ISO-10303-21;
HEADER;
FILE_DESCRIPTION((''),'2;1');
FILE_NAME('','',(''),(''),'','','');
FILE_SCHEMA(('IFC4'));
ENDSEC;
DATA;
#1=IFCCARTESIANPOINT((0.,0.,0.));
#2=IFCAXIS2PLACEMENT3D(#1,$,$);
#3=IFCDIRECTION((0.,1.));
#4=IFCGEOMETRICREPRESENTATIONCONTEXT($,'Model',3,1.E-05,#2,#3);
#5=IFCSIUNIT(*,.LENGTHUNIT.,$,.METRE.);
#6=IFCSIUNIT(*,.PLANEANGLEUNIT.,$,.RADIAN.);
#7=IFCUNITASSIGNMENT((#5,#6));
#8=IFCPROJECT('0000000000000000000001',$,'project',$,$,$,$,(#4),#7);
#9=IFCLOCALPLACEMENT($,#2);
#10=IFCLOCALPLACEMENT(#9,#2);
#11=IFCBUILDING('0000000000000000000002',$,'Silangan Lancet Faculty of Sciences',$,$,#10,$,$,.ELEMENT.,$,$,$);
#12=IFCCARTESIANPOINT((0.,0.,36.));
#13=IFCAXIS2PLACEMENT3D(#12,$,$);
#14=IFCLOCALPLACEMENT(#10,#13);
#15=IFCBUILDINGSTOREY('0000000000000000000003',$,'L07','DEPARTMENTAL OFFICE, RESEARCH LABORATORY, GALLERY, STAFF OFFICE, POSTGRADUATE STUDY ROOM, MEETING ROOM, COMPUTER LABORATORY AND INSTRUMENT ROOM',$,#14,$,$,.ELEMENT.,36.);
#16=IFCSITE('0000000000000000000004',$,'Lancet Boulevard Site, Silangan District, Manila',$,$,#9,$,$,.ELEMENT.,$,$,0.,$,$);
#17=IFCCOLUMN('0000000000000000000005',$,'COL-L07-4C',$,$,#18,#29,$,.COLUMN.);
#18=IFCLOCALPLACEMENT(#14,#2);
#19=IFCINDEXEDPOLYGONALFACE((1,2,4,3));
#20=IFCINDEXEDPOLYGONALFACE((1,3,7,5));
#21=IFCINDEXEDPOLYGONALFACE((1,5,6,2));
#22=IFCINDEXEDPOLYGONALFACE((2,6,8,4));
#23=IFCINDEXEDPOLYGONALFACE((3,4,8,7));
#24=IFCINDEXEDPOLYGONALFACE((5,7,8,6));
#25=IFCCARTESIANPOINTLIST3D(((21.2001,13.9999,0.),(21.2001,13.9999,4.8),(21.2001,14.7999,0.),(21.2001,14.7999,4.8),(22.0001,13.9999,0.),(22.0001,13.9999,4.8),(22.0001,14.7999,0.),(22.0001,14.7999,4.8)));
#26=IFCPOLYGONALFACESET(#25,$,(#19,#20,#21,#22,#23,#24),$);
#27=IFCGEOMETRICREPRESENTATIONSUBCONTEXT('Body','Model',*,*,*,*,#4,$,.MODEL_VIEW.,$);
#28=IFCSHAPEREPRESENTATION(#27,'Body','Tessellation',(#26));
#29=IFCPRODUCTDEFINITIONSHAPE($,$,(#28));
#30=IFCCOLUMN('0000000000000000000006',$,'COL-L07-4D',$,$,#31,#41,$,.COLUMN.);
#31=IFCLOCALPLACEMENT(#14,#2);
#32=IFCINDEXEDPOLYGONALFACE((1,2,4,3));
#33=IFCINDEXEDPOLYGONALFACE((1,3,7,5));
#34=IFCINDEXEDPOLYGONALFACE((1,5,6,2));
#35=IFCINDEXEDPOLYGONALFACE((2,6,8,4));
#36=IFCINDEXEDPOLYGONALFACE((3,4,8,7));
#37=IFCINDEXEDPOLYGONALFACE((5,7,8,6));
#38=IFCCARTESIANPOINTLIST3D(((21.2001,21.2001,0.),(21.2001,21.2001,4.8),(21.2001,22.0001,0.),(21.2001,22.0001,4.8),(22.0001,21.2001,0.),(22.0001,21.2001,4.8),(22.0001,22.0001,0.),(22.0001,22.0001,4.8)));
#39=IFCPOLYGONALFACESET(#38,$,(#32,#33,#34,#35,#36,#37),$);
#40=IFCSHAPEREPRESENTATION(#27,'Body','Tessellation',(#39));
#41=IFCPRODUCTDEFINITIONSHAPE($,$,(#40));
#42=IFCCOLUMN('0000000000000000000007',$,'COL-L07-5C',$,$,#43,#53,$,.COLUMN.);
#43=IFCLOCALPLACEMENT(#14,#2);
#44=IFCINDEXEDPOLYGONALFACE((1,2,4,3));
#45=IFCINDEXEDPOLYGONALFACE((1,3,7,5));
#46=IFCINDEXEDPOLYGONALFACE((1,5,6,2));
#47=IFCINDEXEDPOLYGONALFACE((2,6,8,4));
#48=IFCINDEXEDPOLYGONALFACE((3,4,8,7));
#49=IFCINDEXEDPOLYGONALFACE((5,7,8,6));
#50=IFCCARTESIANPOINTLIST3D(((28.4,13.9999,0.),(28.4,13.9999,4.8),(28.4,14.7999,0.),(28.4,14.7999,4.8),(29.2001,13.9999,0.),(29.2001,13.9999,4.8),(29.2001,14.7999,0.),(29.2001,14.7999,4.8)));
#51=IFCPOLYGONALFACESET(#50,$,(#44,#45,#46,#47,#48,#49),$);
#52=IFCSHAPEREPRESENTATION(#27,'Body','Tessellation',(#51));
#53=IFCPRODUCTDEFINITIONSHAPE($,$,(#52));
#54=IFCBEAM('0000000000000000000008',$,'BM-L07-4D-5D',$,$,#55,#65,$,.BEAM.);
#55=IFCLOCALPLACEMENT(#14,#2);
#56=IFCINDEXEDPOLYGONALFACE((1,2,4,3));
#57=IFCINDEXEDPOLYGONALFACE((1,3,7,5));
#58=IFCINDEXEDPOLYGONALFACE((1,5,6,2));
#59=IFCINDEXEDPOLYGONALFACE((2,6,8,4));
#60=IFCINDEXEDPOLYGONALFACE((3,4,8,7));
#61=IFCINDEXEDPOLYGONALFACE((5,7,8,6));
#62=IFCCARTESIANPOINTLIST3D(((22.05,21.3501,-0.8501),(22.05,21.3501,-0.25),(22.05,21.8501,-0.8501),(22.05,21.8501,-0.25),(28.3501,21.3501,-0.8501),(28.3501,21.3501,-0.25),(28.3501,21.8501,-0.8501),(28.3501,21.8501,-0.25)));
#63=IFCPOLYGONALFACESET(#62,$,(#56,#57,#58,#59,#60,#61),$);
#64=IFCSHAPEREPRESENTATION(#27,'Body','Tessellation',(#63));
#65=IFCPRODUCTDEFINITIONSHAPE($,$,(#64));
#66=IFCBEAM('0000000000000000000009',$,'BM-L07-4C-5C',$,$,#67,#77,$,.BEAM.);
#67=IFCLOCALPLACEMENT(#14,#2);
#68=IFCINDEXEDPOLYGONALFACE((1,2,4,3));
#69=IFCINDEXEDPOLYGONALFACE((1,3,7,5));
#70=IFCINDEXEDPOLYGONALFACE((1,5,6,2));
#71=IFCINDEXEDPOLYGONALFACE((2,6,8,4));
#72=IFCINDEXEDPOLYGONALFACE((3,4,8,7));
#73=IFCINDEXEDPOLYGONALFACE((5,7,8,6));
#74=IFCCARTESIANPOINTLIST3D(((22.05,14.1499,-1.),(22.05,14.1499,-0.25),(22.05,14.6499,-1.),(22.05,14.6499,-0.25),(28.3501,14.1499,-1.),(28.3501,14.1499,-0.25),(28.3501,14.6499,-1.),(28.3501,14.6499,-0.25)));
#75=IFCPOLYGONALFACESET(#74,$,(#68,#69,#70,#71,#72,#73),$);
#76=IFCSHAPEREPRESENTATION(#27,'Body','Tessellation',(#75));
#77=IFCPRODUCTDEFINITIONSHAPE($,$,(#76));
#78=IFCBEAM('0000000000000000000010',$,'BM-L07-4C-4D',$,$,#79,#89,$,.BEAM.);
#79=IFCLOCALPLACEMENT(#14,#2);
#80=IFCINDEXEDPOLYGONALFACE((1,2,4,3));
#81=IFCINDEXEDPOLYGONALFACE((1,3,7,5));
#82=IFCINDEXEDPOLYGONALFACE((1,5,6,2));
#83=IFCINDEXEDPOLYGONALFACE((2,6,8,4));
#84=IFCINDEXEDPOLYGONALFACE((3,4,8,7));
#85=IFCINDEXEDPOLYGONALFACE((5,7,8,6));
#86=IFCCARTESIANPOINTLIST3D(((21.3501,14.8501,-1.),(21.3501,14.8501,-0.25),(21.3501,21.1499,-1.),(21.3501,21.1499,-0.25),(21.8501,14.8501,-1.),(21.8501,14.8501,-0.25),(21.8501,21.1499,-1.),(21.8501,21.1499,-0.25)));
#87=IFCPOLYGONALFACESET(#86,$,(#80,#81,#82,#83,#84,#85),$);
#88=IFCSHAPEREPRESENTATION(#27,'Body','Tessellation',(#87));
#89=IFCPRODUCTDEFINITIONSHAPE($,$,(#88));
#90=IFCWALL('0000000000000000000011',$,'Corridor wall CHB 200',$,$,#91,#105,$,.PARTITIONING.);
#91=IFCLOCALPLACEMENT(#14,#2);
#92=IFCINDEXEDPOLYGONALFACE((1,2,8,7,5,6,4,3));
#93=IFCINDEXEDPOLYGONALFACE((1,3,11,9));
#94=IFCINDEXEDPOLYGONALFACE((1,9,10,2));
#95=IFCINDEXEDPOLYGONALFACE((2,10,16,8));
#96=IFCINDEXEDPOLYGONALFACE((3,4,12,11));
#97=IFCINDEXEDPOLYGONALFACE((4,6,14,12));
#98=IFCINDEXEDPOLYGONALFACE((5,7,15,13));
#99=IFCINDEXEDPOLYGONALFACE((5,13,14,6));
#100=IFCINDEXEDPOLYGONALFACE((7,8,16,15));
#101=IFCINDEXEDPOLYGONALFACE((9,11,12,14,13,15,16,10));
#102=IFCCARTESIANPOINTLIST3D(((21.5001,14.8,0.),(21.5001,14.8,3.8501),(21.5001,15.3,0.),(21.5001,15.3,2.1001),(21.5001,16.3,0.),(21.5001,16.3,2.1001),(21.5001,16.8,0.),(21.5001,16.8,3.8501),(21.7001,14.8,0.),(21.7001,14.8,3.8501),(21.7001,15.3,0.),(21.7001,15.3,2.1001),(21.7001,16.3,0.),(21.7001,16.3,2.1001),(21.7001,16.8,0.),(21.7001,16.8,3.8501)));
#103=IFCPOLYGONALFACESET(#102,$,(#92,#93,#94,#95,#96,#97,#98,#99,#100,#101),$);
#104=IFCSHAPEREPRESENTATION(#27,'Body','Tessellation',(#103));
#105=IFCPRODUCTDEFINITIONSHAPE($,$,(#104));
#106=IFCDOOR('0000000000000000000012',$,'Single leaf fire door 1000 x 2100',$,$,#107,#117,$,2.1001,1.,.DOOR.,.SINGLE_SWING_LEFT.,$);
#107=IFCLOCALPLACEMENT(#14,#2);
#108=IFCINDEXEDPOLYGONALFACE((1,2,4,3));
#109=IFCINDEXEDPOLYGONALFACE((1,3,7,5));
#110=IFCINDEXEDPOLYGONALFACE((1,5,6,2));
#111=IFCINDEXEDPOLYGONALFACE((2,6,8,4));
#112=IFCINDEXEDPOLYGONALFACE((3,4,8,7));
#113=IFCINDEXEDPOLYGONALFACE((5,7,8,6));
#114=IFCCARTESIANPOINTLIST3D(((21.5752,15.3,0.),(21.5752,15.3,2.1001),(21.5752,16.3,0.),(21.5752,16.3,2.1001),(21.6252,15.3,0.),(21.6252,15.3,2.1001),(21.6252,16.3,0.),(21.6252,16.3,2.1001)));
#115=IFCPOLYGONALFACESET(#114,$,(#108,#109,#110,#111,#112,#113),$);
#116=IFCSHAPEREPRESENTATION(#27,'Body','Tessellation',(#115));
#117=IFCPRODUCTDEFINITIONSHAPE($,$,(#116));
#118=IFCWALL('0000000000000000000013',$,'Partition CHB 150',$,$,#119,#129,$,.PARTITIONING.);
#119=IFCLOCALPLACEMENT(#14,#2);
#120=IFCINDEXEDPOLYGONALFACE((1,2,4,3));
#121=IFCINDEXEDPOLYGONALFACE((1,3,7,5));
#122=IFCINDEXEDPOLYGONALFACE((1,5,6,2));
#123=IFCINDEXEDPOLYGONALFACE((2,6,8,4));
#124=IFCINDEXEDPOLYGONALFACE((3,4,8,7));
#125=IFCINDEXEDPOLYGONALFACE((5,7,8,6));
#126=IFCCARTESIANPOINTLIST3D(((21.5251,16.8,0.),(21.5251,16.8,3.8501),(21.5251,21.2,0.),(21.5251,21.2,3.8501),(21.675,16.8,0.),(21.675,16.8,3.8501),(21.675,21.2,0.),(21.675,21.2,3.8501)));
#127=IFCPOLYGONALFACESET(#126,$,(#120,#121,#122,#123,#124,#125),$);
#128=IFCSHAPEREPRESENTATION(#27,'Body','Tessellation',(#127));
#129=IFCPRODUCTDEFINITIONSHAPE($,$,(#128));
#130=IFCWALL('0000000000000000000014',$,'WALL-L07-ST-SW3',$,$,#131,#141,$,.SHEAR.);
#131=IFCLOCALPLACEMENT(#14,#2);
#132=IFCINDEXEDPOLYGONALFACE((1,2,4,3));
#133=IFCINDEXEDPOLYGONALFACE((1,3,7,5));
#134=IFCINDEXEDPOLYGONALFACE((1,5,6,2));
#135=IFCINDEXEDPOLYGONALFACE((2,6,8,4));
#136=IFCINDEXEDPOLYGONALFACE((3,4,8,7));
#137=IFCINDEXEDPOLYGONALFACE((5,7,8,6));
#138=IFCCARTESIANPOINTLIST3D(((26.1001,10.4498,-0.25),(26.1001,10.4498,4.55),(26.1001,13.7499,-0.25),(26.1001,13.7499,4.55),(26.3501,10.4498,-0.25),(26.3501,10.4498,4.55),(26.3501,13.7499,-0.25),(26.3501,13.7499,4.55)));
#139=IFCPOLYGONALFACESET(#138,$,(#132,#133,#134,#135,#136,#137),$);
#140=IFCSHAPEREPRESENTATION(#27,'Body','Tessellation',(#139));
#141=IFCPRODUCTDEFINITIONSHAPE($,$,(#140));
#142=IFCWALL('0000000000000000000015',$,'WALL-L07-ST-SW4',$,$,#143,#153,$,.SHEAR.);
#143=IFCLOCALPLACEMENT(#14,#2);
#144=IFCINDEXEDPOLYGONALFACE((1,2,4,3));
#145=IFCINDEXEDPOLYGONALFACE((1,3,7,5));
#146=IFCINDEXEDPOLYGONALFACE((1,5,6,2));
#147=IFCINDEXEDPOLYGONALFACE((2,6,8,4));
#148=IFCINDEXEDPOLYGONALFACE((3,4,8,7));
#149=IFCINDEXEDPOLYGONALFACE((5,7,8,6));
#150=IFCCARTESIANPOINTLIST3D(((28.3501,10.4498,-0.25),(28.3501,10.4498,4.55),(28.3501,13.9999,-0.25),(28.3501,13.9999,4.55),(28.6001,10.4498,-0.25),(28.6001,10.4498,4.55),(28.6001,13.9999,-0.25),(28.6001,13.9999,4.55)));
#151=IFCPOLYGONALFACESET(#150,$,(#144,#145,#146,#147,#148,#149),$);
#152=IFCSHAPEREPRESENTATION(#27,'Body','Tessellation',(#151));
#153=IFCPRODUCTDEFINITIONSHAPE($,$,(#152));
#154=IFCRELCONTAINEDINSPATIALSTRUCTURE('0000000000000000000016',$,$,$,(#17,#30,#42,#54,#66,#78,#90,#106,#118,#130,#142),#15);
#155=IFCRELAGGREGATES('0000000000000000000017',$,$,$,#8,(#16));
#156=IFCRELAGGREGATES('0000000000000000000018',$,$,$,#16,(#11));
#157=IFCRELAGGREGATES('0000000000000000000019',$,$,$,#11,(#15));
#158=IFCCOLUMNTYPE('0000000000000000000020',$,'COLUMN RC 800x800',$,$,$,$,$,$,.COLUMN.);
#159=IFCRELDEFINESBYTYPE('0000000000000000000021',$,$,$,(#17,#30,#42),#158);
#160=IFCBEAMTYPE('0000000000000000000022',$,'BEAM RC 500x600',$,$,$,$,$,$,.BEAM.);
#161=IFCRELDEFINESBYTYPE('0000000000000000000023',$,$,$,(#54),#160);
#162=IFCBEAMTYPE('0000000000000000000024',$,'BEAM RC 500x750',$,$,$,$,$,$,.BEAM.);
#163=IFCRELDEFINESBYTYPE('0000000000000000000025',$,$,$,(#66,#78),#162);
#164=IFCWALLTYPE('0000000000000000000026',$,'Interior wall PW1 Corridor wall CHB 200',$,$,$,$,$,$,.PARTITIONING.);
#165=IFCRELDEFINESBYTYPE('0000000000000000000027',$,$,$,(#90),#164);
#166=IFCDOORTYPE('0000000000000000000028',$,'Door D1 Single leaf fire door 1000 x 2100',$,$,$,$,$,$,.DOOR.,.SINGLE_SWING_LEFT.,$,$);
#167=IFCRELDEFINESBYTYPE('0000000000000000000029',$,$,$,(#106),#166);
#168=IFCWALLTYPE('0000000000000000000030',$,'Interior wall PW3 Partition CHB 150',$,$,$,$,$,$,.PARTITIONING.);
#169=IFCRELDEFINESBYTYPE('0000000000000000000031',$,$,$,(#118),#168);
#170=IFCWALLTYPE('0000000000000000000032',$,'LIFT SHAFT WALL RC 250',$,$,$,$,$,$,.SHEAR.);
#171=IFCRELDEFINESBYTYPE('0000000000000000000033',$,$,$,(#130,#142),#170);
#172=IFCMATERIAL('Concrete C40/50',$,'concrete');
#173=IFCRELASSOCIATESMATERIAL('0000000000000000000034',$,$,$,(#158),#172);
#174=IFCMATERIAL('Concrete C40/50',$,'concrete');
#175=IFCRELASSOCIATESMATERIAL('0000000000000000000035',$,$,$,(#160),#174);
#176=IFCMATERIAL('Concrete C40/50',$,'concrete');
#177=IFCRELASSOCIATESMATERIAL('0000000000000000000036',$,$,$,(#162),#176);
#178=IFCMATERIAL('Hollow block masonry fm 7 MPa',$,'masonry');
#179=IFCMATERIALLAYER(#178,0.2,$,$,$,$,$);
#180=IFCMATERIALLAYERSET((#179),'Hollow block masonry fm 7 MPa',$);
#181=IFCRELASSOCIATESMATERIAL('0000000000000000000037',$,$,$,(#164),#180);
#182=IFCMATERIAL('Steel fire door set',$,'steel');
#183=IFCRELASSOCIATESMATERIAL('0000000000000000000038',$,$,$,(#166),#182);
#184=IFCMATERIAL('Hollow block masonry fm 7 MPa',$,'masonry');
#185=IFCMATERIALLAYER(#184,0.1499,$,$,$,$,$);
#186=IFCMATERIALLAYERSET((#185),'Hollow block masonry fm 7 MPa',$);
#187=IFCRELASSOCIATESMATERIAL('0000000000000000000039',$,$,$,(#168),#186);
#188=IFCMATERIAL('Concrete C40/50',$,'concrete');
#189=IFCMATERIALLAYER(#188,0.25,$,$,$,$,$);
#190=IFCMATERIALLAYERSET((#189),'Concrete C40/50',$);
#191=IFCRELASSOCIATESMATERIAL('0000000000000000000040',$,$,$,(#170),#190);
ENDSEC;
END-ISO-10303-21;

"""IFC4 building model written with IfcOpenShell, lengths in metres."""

from ifc_helpers import new_model, si_unit, direction, frame, frame_2d, origin, origin_2d, place, context, subcontext, project, spatial, rectangle, extrude, material, layer, layer_set, material_profile, profile_set, type_object, element, fill, save


model = new_model("IFC4")

# Units and contexts
model_context = context("Model", 3, precision=1e-05, world=origin(), true_north=direction((0.0, 1.0)))
body_context = subcontext(model_context, "Body", "Model", "MODEL_VIEW")
ifc_project = project(units=[si_unit("LENGTHUNIT", "METRE"), si_unit("PLANEANGLEUNIT", "RADIAN")], contexts=[model_context])

# Site, building, storey
site_placement = place(None, origin())
site = spatial("IfcSite", under=ifc_project, at=site_placement, Name="Lancet Boulevard Site, Silangan District, Manila", CompositionType="ELEMENT", RefElevation=0.0)
building_placement = place(site_placement, origin())
building = spatial("IfcBuilding", under=site, at=building_placement, Name="Silangan Lancet Faculty of Sciences", CompositionType="ELEMENT")
storey_placement = place(building_placement, frame((0.0, 0.0, 36.0)))
storey = spatial("IfcBuildingStorey", under=building, at=storey_placement, Name="L07", Description="DEPARTMENTAL OFFICE, RESEARCH LABORATORY, GALLERY, STAFF OFFICE, POSTGRADUATE STUDY ROOM, MEETING ROOM, COMPUTER LABORATORY AND INSTRUMENT ROOM", CompositionType="ELEMENT", Elevation=36.0)

# Columns
ifc_material_1 = material(Name="Concrete C40/50", Category="concrete")
ifc_material_profile_1 = material_profile(ifc_material_1, rectangle(XDim=0.8, YDim=0.8, at=origin_2d()), Name="RC 800x800")
ifc_profile_set_1 = profile_set([ifc_material_profile_1], Name="Concrete C40/50")
column_type = type_object("IfcColumnType", Name="COLUMN RC 800x800", PredefinedType="COLUMN", material=ifc_profile_set_1)
for number, where, z_axis, x_axis, name in (
    (1, (21.6001, 14.3999, 0.0), (0.0, 0.0, 1.0), (1.0, 0.0, 0.0), "COL-L07-4C"),
    (2, (21.6001, 21.6001, 0.0), (0.0, 0.0, 1.0), (1.0, 0.0, 0.0), "COL-L07-4D"),
    (3, (28.8, 14.3999, 0.0), (0.0, 0.0, 1.0), (1.0, 0.0, 0.0), "COL-L07-5C"),
):
    element("IfcColumn", number, at=place(storey_placement, frame(where, z_axis=z_axis, x_axis=x_axis)), inside=storey, type_object=column_type, Name=name, PredefinedType="COLUMN", context=body_context, shape_type="SweptSolid", body=[
        extrude(rectangle(XDim=0.8, YDim=0.8, at=origin_2d()), origin(), (0.0, 0.0, 1.0), 4.8),
    ])

# Beams
ifc_material_2 = material(Name="Concrete C40/50", Category="concrete")
ifc_material_profile_2 = material_profile(ifc_material_2, rectangle(XDim=0.5, YDim=0.6001, at=origin_2d()), Name="RC 500x600")
ifc_profile_set_2 = profile_set([ifc_material_profile_2], Name="Concrete C40/50")
beam_type_1 = type_object("IfcBeamType", Name="BEAM RC 500x600", PredefinedType="BEAM", material=ifc_profile_set_2)
beam_1_placement = place(storey_placement, frame((22.05, 21.6001, -0.55), z_axis=(1.0, 0.0, 0.0), x_axis=(0.0, 1.0, 0.0)))
element("IfcBeam", 4, at=beam_1_placement, inside=storey, type_object=beam_type_1, Name="BM-L07-4D-5D", PredefinedType="BEAM", context=body_context, shape_type="SweptSolid", body=[
    extrude(rectangle(XDim=0.5, YDim=0.6001, at=origin_2d()), origin(), (0.0, 0.0, 1.0), 6.3),
])
ifc_material_3 = material(Name="Concrete C40/50", Category="concrete")
ifc_material_profile_3 = material_profile(ifc_material_3, rectangle(XDim=0.5, YDim=0.75, at=origin_2d()), Name="RC 500x750")
ifc_profile_set_3 = profile_set([ifc_material_profile_3], Name="Concrete C40/50")
beam_type_2 = type_object("IfcBeamType", Name="BEAM RC 500x750", PredefinedType="BEAM", material=ifc_profile_set_3)
beam_2_placement = place(storey_placement, frame((22.05, 14.3999, -0.625), z_axis=(1.0, 0.0, 0.0), x_axis=(0.0, 1.0, 0.0)))
element("IfcBeam", 5, at=beam_2_placement, inside=storey, type_object=beam_type_2, Name="BM-L07-4C-5C", PredefinedType="BEAM", context=body_context, shape_type="SweptSolid", body=[
    extrude(rectangle(XDim=0.5, YDim=0.75, at=origin_2d()), origin(), (0.0, 0.0, 1.0), 6.3),
])
beam_3_placement = place(storey_placement, frame((21.6001, 14.8501, -0.625), z_axis=(0.0, 1.0, 0.0), x_axis=(-1.0, 0.0, 0.0)))
element("IfcBeam", 6, at=beam_3_placement, inside=storey, type_object=beam_type_2, Name="BM-L07-4C-4D", PredefinedType="BEAM", context=body_context, shape_type="SweptSolid", body=[
    extrude(rectangle(XDim=0.5, YDim=0.75, at=origin_2d()), origin(), (0.0, 0.0, 1.0), 6.2998),
])

# Wall, opening, door
ifc_material_4 = material(Name="Hollow block masonry fm 7 MPa", Category="masonry")
ifc_layer_1 = layer(ifc_material_4, 0.2)
ifc_layer_set_1 = layer_set([ifc_layer_1], Name="Hollow block masonry fm 7 MPa")
wall_type_1 = type_object("IfcWallType", Name="Interior wall PW1 Corridor wall CHB 200", PredefinedType="PARTITIONING", material=ifc_layer_set_1)
wall_1_placement = place(storey_placement, frame((21.6001, 14.8, 0.0), z_axis=(0.0, 0.0, 1.0), x_axis=(0.0, 1.0, 0.0)))
wall_1 = element("IfcWall", 7, at=wall_1_placement, inside=storey, type_object=wall_type_1, Name="Corridor wall CHB 200", PredefinedType="PARTITIONING", context=body_context, shape_type="SweptSolid", body=[
    extrude(rectangle(XDim=2.0, YDim=0.2, at=frame_2d((1.0, 0.0))), origin(), (0.0, 0.0, 1.0), 3.8501),
])
opening_1_placement = place(wall_1_placement, frame((0.5, 0.0, 0.0)))
opening_1 = element("IfcOpeningElement", 8, at=opening_1_placement, cuts=wall_1, PredefinedType="OPENING", context=body_context, shape_type="SweptSolid", body=[
    extrude(rectangle(XDim=1.0, YDim=2.1001, at=frame_2d((0.5, 1.05))), frame((0.0, 0.1099, 0.0), z_axis=(0.0, -1.0, 0.0), x_axis=(1.0, 0.0, 0.0)), (0.0, 0.0, 1.0), 0.22),
])
ifc_material_5 = material(Name="Steel fire door set", Category="steel")
door_type_1 = type_object("IfcDoorType", Name="Door D1 Single leaf fire door 1000 x 2100", OperationType="SINGLE_SWING_LEFT", PredefinedType="DOOR", material=ifc_material_5)
door_1_placement = place(opening_1_placement, frame((1.0, 0.0, 0.0), z_axis=(0.0, 0.0, 1.0), x_axis=(-1.0, 0.0, 0.0)))
door_1 = element("IfcDoor", 9, at=door_1_placement, inside=storey, type_object=door_type_1, Name="Single leaf fire door 1000 x 2100", OperationType="SINGLE_SWING_LEFT", OverallHeight=2.1001, OverallWidth=1.0, PredefinedType="DOOR", context=body_context, shape_type="SweptSolid", body=[
    extrude(rectangle(XDim=1.0, YDim=2.1001, at=frame_2d((0.5, 1.05))), frame((0.0, 0.0251, 0.0), z_axis=(0.0, -1.0, 0.0), x_axis=(1.0, 0.0, 0.0)), (0.0, 0.0, 1.0), 0.05),
])
fill(opening_1, door_1)

# Walls
ifc_material_6 = material(Name="Hollow block masonry fm 7 MPa", Category="masonry")
ifc_layer_2 = layer(ifc_material_6, 0.1499)
ifc_layer_set_2 = layer_set([ifc_layer_2], Name="Hollow block masonry fm 7 MPa")
wall_type_2 = type_object("IfcWallType", Name="Interior wall PW3 Partition CHB 150", PredefinedType="PARTITIONING", material=ifc_layer_set_2)
wall_2_placement = place(storey_placement, frame((21.6001, 16.8, 0.0), z_axis=(0.0, 0.0, 1.0), x_axis=(0.0, 1.0, 0.0)))
element("IfcWall", 10, at=wall_2_placement, inside=storey, type_object=wall_type_2, Name="Partition CHB 150", PredefinedType="PARTITIONING", context=body_context, shape_type="SweptSolid", body=[
    extrude(rectangle(XDim=4.3999, YDim=0.1499, at=frame_2d((2.2, 0.0))), origin(), (0.0, 0.0, 1.0), 3.8501),
])
ifc_material_7 = material(Name="Concrete C40/50", Category="concrete")
ifc_layer_3 = layer(ifc_material_7, 0.25)
ifc_layer_set_3 = layer_set([ifc_layer_3], Name="Concrete C40/50")
wall_type_3 = type_object("IfcWallType", Name="LIFT SHAFT WALL RC 250", PredefinedType="SHEAR", material=ifc_layer_set_3)
wall_3_placement = place(storey_placement, frame((26.2251, 10.45, -0.25), z_axis=(0.0, 0.0, 1.0), x_axis=(0.0, 1.0, 0.0)))
element("IfcWall", 11, at=wall_3_placement, inside=storey, type_object=wall_type_3, Name="WALL-L07-ST-SW3", PredefinedType="SHEAR", context=body_context, shape_type="SweptSolid", body=[
    extrude(rectangle(XDim=3.3, YDim=0.25, at=frame_2d((1.6499, 0.0))), origin(), (0.0, 0.0, 1.0), 4.8),
])
wall_4_placement = place(storey_placement, frame((28.4751, 10.45, -0.25), z_axis=(0.0, 0.0, 1.0), x_axis=(0.0, 1.0, 0.0)))
element("IfcWall", 12, at=wall_4_placement, inside=storey, type_object=wall_type_3, Name="WALL-L07-ST-SW4", PredefinedType="SHEAR", context=body_context, shape_type="SweptSolid", body=[
    extrude(rectangle(XDim=3.55, YDim=0.25, at=frame_2d((1.7749, 0.0))), origin(), (0.0, 0.0, 1.0), 4.8),
])

save(model, "model.ifc")
